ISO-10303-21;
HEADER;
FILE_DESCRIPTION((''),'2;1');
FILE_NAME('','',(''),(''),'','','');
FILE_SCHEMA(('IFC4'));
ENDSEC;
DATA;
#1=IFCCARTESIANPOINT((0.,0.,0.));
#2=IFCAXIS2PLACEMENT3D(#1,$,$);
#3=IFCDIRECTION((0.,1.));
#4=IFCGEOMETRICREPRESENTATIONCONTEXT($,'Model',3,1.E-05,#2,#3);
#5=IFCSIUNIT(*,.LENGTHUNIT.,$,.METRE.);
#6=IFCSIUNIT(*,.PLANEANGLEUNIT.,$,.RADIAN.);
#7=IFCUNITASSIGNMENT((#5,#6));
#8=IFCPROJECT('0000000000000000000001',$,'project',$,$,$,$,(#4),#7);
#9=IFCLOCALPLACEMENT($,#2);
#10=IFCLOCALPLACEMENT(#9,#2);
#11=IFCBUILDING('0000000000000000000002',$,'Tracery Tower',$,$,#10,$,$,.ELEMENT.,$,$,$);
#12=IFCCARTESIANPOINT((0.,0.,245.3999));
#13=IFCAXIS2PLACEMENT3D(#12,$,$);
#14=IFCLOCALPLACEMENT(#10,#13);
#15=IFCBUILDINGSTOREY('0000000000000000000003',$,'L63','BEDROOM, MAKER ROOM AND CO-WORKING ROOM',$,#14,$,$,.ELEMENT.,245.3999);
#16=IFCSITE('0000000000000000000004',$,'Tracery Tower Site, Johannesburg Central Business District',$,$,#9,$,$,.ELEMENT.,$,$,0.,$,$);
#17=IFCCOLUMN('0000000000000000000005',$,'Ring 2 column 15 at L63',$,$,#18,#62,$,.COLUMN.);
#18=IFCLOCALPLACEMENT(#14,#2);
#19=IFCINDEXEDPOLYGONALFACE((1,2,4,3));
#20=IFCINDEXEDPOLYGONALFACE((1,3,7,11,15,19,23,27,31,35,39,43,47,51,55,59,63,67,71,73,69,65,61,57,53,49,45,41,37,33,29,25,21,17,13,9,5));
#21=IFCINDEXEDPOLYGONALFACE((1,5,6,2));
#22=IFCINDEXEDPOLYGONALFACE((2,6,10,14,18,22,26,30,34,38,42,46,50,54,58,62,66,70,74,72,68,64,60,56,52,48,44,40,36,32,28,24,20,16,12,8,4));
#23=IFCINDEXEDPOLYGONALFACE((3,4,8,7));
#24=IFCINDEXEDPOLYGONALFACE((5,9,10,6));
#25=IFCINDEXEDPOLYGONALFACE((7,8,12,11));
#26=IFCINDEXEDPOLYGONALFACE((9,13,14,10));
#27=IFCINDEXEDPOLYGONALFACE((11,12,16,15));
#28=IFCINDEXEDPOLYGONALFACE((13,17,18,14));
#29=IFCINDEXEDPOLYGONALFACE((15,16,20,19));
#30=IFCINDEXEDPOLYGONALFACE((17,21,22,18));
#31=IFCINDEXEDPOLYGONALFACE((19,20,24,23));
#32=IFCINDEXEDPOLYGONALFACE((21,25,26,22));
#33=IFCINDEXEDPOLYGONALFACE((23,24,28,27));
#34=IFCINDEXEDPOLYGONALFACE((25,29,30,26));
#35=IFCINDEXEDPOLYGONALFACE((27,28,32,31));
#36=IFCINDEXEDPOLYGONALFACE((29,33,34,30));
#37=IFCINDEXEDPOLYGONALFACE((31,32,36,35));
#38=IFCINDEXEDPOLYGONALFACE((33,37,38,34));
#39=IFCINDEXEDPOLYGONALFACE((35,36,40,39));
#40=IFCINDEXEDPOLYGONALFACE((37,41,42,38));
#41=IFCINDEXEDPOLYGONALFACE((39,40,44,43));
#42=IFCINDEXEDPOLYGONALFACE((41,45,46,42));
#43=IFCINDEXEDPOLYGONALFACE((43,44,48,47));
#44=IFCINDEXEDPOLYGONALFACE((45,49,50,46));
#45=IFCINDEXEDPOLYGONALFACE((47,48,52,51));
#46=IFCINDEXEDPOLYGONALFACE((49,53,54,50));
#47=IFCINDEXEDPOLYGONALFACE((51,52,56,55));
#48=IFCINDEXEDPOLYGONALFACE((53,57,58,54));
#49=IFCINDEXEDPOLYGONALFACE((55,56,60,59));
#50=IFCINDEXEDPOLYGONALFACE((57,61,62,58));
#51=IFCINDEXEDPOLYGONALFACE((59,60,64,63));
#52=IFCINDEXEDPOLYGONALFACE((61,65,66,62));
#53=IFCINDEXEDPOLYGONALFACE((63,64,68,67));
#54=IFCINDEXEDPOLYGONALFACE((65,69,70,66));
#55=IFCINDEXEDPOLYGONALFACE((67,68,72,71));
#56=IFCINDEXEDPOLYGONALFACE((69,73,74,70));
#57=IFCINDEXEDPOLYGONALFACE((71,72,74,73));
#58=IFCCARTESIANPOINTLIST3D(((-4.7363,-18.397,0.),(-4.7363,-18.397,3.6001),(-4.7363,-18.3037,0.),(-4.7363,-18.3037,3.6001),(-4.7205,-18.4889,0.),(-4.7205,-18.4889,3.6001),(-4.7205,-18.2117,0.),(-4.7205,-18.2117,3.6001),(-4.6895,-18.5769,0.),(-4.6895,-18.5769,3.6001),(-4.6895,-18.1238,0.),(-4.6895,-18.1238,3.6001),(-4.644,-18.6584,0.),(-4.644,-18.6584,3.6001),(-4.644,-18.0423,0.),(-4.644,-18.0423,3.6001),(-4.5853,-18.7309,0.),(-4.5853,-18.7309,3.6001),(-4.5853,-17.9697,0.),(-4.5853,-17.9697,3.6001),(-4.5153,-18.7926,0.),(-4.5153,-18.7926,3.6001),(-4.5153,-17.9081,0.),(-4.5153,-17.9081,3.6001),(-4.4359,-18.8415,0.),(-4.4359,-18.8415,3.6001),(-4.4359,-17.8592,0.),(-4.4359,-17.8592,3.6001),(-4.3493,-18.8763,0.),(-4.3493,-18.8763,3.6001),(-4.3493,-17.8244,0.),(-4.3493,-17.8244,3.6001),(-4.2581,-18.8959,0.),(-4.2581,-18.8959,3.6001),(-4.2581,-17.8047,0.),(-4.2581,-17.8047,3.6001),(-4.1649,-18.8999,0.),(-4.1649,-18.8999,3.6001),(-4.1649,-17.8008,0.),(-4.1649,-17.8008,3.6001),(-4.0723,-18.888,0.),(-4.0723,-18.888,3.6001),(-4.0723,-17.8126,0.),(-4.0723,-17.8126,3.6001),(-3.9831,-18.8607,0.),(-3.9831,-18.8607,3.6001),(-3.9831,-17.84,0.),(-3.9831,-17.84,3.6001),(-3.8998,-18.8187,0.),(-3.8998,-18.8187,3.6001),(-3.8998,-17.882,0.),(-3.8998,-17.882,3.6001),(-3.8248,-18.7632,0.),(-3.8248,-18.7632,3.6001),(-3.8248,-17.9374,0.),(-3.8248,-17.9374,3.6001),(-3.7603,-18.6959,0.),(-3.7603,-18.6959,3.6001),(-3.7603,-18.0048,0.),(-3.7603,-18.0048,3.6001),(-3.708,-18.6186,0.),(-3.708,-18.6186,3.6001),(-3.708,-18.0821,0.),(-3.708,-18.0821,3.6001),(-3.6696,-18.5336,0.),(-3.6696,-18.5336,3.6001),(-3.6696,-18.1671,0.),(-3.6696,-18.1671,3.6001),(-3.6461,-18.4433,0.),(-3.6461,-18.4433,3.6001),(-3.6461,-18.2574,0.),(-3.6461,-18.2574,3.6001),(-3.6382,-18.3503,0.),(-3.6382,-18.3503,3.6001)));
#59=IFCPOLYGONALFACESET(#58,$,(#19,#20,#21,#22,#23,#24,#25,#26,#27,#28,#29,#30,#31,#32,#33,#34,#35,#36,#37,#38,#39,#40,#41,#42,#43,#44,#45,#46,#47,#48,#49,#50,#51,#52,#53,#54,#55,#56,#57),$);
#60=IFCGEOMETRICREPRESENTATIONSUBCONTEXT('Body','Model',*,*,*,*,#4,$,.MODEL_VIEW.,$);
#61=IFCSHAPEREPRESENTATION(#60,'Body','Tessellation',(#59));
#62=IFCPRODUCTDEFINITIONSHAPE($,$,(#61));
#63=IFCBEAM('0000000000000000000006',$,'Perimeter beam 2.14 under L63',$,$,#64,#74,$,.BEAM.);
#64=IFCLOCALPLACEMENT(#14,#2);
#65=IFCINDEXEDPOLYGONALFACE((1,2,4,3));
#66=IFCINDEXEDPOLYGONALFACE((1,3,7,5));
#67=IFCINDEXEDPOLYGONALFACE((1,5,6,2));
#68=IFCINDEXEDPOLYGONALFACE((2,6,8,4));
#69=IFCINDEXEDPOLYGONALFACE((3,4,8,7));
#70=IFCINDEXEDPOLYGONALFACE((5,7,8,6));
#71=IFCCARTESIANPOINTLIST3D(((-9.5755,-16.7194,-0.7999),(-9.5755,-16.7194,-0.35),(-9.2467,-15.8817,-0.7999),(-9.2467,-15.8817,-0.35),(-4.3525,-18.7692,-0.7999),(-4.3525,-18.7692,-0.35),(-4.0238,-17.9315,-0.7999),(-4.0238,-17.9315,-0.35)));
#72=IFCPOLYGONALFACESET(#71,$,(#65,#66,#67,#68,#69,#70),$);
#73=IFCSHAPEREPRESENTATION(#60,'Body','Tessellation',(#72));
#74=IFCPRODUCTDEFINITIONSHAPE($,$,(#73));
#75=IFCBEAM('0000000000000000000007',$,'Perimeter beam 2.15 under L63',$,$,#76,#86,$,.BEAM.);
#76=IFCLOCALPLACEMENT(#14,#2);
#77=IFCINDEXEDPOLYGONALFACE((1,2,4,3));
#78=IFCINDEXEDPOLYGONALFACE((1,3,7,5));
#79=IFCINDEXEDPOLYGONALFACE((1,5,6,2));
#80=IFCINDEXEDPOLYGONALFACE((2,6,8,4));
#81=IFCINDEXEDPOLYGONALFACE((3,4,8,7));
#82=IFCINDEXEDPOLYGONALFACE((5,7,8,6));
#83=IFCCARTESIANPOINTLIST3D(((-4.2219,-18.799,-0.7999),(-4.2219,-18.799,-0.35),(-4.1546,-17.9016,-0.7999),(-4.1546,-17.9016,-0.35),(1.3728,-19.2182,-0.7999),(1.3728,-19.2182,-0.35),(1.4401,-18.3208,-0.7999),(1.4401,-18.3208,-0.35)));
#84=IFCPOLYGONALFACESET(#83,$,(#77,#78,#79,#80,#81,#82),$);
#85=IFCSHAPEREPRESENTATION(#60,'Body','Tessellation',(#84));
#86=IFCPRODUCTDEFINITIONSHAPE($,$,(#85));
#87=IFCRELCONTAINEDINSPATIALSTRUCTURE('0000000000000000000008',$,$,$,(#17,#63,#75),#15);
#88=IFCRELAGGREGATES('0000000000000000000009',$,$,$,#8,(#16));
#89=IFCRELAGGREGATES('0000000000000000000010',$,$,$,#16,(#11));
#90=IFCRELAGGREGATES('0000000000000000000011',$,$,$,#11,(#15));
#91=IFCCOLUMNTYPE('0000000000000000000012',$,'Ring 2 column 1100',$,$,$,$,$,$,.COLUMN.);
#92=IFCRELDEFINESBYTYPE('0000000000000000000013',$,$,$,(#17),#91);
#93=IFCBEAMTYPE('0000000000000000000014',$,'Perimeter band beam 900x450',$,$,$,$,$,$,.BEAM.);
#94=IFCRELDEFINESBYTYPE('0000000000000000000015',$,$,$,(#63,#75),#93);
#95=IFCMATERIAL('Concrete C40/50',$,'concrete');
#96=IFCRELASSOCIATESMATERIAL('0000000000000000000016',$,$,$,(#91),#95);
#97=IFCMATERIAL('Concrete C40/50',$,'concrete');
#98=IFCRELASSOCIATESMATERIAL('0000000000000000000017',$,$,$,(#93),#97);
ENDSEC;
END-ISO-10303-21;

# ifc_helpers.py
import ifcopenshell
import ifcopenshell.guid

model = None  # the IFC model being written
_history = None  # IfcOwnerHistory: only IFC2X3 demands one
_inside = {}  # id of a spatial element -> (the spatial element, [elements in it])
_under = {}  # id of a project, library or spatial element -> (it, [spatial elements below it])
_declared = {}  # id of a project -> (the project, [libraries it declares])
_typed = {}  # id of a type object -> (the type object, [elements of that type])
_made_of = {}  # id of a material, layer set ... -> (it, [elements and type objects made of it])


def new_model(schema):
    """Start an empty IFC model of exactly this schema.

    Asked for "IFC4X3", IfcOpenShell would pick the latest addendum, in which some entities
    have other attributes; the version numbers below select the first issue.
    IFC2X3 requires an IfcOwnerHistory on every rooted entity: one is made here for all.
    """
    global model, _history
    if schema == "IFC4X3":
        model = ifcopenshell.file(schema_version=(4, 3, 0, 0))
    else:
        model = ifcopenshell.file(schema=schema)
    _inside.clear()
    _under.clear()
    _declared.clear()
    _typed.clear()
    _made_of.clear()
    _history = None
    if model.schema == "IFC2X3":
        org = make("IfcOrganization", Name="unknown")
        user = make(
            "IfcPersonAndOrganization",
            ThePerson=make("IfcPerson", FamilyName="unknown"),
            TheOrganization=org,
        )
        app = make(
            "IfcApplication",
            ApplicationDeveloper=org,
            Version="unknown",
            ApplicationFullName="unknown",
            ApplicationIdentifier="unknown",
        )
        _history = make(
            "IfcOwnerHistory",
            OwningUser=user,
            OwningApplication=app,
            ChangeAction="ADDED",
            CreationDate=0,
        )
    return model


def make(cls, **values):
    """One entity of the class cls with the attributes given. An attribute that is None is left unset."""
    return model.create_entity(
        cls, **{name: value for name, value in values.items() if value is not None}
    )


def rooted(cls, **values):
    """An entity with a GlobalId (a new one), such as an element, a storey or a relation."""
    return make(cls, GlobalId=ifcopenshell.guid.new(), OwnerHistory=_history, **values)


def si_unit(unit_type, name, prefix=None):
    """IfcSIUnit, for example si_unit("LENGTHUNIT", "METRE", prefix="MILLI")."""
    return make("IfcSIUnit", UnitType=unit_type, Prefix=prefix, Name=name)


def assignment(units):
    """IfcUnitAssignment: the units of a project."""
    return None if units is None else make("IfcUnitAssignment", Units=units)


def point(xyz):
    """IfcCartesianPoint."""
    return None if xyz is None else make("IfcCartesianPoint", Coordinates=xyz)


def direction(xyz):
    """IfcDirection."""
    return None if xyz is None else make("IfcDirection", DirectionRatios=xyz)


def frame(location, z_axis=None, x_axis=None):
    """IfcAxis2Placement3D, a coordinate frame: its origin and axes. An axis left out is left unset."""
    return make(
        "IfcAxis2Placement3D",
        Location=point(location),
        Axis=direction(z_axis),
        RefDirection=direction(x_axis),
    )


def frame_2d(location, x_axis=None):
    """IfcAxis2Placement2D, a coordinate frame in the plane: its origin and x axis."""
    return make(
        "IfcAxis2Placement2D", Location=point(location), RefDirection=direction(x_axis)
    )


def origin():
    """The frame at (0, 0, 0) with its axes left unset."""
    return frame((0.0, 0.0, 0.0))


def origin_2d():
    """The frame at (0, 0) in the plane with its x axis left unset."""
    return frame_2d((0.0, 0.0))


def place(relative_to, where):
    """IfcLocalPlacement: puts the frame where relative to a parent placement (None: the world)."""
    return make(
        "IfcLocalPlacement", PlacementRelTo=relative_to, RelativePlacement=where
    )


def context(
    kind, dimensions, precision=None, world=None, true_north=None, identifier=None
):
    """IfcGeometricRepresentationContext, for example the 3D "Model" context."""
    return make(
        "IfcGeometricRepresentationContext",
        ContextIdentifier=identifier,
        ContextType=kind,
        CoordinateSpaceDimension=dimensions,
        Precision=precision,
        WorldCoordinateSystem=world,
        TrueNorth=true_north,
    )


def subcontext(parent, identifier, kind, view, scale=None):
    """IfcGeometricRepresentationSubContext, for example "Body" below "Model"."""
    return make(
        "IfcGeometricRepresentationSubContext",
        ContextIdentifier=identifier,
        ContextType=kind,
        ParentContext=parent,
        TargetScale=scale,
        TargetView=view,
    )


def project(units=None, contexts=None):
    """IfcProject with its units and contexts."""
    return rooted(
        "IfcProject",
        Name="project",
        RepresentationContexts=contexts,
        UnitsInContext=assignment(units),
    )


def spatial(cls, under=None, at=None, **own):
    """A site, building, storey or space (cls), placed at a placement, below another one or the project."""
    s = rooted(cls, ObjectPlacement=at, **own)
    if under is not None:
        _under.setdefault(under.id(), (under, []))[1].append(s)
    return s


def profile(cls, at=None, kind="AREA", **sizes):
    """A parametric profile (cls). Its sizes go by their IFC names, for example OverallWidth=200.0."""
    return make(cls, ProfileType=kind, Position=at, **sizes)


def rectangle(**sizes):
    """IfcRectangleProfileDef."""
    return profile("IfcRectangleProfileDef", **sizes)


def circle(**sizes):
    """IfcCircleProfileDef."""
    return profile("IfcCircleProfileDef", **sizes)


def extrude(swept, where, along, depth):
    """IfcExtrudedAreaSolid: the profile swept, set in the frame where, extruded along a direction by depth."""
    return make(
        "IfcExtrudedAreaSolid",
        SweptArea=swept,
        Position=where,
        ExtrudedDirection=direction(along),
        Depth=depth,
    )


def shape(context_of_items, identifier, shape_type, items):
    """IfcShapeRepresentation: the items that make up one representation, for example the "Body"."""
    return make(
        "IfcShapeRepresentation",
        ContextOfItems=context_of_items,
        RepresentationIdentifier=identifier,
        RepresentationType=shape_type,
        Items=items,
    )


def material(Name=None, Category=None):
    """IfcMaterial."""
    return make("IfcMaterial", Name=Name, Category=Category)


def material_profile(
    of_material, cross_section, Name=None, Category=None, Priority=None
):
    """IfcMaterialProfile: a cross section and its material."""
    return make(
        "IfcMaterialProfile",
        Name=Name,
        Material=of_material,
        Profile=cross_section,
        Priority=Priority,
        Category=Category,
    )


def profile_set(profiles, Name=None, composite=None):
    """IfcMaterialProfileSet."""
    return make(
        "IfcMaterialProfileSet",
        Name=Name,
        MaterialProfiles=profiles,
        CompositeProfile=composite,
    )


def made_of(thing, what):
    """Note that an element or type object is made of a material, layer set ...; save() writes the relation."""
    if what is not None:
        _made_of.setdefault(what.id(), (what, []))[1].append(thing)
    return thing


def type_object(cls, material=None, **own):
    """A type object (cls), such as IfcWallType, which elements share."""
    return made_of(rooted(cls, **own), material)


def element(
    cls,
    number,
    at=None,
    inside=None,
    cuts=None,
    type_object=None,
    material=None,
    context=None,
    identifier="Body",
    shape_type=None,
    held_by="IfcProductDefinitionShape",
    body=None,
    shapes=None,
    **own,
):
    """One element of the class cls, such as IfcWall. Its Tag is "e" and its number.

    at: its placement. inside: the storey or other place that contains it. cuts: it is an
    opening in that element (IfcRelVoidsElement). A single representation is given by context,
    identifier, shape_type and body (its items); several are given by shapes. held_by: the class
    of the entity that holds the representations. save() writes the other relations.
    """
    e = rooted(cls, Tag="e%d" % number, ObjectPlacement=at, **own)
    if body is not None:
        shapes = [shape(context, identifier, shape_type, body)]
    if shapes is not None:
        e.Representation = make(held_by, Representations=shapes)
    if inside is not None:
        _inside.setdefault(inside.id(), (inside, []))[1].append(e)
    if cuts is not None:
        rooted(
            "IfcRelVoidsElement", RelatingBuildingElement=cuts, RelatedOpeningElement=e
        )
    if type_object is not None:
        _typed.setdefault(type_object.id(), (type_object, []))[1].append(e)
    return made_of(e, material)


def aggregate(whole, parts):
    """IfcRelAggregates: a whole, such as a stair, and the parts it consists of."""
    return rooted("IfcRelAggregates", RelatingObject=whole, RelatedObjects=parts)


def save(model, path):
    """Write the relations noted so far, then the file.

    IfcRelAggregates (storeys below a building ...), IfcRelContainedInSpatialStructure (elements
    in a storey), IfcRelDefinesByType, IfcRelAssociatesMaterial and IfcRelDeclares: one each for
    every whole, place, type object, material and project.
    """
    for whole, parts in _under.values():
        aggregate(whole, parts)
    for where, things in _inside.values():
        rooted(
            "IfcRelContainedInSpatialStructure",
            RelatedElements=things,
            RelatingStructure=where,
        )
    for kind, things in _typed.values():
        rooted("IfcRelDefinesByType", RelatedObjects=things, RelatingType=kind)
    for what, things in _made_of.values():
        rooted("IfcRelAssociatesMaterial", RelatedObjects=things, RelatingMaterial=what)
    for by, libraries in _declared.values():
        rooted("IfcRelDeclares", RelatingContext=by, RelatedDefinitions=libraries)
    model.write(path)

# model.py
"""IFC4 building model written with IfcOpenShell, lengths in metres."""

from ifc_helpers import new_model, si_unit, direction, frame, origin, origin_2d, place, context, subcontext, project, spatial, rectangle, circle, extrude, material, material_profile, profile_set, type_object, element, save


model = new_model("IFC4")

# Units and contexts
model_context = context("Model", 3, precision=1e-05, world=origin(), true_north=direction((0.0, 1.0)))
body_context = subcontext(model_context, "Body", "Model", "MODEL_VIEW")
ifc_project = project(units=[si_unit("LENGTHUNIT", "METRE"), si_unit("PLANEANGLEUNIT", "RADIAN")], contexts=[model_context])

# Site, building, storey
site_placement = place(None, origin())
site = spatial("IfcSite", under=ifc_project, at=site_placement, Name="Tracery Tower Site, Johannesburg Central Business District", CompositionType="ELEMENT", RefElevation=0.0)
building_placement = place(site_placement, origin())
building = spatial("IfcBuilding", under=site, at=building_placement, Name="Tracery Tower", CompositionType="ELEMENT")
storey_placement = place(building_placement, frame((0.0, 0.0, 245.3999)))
storey = spatial("IfcBuildingStorey", under=building, at=storey_placement, Name="L63", Description="BEDROOM, MAKER ROOM AND CO-WORKING ROOM", CompositionType="ELEMENT", Elevation=245.3999)

# Column
ifc_material_1 = material(Name="Concrete C40/50", Category="concrete")
ifc_material_profile_1 = material_profile(ifc_material_1, circle(Radius=0.55, at=origin_2d()), Name="RC D1100")
ifc_profile_set_1 = profile_set([ifc_material_profile_1], Name="Concrete C40/50")
column_type = type_object("IfcColumnType", Name="Ring 2 column 1100", PredefinedType="COLUMN", material=ifc_profile_set_1)
column_placement = place(storey_placement, frame((-4.1882, -18.3503, 0.0), z_axis=(0.0, 0.0, 1.0), x_axis=(1.0, 0.0, 0.0)))
element("IfcColumn", 1, at=column_placement, inside=storey, type_object=column_type, Name="Ring 2 column 15 at L63", PredefinedType="COLUMN", context=body_context, shape_type="SweptSolid", body=[
    extrude(circle(Radius=0.55, at=origin_2d()), origin(), (0.0, 0.0, 1.0), 3.6001),
])

# Beams
ifc_material_2 = material(Name="Concrete C40/50", Category="concrete")
ifc_material_profile_2 = material_profile(ifc_material_2, rectangle(XDim=0.8999, YDim=0.45, at=origin_2d()), Name="RC 900x450")
ifc_profile_set_2 = profile_set([ifc_material_profile_2], Name="Concrete C40/50")
beam_type = type_object("IfcBeamType", Name="Perimeter band beam 900x450", PredefinedType="BEAM", material=ifc_profile_set_2)
beam_1_placement = place(storey_placement, frame((-9.4111, -16.3005, -0.575), z_axis=(0.930876, -0.365336, 0.0), x_axis=(0.365336, 0.930876, 0.0)))
element("IfcBeam", 2, at=beam_1_placement, inside=storey, type_object=beam_type, Name="Perimeter beam 2.14 under L63", PredefinedType="BEAM", context=body_context, shape_type="SweptSolid", body=[
    extrude(rectangle(XDim=0.8999, YDim=0.45, at=origin_2d()), origin(), (0.0, 0.0, 1.0), 5.6108),
])
beam_2_placement = place(storey_placement, frame((-4.1882, -18.3503, -0.575), z_axis=(0.997205, -0.074716, 0.0), x_axis=(0.074716, 0.997205, 0.0)))
element("IfcBeam", 3, at=beam_2_placement, inside=storey, type_object=beam_type, Name="Perimeter beam 2.15 under L63", PredefinedType="BEAM", context=body_context, shape_type="SweptSolid", body=[
    extrude(rectangle(XDim=0.8999, YDim=0.45, at=origin_2d()), origin(), (0.0, 0.0, 1.0), 5.6104),
])

save(model, "model.ifc")
